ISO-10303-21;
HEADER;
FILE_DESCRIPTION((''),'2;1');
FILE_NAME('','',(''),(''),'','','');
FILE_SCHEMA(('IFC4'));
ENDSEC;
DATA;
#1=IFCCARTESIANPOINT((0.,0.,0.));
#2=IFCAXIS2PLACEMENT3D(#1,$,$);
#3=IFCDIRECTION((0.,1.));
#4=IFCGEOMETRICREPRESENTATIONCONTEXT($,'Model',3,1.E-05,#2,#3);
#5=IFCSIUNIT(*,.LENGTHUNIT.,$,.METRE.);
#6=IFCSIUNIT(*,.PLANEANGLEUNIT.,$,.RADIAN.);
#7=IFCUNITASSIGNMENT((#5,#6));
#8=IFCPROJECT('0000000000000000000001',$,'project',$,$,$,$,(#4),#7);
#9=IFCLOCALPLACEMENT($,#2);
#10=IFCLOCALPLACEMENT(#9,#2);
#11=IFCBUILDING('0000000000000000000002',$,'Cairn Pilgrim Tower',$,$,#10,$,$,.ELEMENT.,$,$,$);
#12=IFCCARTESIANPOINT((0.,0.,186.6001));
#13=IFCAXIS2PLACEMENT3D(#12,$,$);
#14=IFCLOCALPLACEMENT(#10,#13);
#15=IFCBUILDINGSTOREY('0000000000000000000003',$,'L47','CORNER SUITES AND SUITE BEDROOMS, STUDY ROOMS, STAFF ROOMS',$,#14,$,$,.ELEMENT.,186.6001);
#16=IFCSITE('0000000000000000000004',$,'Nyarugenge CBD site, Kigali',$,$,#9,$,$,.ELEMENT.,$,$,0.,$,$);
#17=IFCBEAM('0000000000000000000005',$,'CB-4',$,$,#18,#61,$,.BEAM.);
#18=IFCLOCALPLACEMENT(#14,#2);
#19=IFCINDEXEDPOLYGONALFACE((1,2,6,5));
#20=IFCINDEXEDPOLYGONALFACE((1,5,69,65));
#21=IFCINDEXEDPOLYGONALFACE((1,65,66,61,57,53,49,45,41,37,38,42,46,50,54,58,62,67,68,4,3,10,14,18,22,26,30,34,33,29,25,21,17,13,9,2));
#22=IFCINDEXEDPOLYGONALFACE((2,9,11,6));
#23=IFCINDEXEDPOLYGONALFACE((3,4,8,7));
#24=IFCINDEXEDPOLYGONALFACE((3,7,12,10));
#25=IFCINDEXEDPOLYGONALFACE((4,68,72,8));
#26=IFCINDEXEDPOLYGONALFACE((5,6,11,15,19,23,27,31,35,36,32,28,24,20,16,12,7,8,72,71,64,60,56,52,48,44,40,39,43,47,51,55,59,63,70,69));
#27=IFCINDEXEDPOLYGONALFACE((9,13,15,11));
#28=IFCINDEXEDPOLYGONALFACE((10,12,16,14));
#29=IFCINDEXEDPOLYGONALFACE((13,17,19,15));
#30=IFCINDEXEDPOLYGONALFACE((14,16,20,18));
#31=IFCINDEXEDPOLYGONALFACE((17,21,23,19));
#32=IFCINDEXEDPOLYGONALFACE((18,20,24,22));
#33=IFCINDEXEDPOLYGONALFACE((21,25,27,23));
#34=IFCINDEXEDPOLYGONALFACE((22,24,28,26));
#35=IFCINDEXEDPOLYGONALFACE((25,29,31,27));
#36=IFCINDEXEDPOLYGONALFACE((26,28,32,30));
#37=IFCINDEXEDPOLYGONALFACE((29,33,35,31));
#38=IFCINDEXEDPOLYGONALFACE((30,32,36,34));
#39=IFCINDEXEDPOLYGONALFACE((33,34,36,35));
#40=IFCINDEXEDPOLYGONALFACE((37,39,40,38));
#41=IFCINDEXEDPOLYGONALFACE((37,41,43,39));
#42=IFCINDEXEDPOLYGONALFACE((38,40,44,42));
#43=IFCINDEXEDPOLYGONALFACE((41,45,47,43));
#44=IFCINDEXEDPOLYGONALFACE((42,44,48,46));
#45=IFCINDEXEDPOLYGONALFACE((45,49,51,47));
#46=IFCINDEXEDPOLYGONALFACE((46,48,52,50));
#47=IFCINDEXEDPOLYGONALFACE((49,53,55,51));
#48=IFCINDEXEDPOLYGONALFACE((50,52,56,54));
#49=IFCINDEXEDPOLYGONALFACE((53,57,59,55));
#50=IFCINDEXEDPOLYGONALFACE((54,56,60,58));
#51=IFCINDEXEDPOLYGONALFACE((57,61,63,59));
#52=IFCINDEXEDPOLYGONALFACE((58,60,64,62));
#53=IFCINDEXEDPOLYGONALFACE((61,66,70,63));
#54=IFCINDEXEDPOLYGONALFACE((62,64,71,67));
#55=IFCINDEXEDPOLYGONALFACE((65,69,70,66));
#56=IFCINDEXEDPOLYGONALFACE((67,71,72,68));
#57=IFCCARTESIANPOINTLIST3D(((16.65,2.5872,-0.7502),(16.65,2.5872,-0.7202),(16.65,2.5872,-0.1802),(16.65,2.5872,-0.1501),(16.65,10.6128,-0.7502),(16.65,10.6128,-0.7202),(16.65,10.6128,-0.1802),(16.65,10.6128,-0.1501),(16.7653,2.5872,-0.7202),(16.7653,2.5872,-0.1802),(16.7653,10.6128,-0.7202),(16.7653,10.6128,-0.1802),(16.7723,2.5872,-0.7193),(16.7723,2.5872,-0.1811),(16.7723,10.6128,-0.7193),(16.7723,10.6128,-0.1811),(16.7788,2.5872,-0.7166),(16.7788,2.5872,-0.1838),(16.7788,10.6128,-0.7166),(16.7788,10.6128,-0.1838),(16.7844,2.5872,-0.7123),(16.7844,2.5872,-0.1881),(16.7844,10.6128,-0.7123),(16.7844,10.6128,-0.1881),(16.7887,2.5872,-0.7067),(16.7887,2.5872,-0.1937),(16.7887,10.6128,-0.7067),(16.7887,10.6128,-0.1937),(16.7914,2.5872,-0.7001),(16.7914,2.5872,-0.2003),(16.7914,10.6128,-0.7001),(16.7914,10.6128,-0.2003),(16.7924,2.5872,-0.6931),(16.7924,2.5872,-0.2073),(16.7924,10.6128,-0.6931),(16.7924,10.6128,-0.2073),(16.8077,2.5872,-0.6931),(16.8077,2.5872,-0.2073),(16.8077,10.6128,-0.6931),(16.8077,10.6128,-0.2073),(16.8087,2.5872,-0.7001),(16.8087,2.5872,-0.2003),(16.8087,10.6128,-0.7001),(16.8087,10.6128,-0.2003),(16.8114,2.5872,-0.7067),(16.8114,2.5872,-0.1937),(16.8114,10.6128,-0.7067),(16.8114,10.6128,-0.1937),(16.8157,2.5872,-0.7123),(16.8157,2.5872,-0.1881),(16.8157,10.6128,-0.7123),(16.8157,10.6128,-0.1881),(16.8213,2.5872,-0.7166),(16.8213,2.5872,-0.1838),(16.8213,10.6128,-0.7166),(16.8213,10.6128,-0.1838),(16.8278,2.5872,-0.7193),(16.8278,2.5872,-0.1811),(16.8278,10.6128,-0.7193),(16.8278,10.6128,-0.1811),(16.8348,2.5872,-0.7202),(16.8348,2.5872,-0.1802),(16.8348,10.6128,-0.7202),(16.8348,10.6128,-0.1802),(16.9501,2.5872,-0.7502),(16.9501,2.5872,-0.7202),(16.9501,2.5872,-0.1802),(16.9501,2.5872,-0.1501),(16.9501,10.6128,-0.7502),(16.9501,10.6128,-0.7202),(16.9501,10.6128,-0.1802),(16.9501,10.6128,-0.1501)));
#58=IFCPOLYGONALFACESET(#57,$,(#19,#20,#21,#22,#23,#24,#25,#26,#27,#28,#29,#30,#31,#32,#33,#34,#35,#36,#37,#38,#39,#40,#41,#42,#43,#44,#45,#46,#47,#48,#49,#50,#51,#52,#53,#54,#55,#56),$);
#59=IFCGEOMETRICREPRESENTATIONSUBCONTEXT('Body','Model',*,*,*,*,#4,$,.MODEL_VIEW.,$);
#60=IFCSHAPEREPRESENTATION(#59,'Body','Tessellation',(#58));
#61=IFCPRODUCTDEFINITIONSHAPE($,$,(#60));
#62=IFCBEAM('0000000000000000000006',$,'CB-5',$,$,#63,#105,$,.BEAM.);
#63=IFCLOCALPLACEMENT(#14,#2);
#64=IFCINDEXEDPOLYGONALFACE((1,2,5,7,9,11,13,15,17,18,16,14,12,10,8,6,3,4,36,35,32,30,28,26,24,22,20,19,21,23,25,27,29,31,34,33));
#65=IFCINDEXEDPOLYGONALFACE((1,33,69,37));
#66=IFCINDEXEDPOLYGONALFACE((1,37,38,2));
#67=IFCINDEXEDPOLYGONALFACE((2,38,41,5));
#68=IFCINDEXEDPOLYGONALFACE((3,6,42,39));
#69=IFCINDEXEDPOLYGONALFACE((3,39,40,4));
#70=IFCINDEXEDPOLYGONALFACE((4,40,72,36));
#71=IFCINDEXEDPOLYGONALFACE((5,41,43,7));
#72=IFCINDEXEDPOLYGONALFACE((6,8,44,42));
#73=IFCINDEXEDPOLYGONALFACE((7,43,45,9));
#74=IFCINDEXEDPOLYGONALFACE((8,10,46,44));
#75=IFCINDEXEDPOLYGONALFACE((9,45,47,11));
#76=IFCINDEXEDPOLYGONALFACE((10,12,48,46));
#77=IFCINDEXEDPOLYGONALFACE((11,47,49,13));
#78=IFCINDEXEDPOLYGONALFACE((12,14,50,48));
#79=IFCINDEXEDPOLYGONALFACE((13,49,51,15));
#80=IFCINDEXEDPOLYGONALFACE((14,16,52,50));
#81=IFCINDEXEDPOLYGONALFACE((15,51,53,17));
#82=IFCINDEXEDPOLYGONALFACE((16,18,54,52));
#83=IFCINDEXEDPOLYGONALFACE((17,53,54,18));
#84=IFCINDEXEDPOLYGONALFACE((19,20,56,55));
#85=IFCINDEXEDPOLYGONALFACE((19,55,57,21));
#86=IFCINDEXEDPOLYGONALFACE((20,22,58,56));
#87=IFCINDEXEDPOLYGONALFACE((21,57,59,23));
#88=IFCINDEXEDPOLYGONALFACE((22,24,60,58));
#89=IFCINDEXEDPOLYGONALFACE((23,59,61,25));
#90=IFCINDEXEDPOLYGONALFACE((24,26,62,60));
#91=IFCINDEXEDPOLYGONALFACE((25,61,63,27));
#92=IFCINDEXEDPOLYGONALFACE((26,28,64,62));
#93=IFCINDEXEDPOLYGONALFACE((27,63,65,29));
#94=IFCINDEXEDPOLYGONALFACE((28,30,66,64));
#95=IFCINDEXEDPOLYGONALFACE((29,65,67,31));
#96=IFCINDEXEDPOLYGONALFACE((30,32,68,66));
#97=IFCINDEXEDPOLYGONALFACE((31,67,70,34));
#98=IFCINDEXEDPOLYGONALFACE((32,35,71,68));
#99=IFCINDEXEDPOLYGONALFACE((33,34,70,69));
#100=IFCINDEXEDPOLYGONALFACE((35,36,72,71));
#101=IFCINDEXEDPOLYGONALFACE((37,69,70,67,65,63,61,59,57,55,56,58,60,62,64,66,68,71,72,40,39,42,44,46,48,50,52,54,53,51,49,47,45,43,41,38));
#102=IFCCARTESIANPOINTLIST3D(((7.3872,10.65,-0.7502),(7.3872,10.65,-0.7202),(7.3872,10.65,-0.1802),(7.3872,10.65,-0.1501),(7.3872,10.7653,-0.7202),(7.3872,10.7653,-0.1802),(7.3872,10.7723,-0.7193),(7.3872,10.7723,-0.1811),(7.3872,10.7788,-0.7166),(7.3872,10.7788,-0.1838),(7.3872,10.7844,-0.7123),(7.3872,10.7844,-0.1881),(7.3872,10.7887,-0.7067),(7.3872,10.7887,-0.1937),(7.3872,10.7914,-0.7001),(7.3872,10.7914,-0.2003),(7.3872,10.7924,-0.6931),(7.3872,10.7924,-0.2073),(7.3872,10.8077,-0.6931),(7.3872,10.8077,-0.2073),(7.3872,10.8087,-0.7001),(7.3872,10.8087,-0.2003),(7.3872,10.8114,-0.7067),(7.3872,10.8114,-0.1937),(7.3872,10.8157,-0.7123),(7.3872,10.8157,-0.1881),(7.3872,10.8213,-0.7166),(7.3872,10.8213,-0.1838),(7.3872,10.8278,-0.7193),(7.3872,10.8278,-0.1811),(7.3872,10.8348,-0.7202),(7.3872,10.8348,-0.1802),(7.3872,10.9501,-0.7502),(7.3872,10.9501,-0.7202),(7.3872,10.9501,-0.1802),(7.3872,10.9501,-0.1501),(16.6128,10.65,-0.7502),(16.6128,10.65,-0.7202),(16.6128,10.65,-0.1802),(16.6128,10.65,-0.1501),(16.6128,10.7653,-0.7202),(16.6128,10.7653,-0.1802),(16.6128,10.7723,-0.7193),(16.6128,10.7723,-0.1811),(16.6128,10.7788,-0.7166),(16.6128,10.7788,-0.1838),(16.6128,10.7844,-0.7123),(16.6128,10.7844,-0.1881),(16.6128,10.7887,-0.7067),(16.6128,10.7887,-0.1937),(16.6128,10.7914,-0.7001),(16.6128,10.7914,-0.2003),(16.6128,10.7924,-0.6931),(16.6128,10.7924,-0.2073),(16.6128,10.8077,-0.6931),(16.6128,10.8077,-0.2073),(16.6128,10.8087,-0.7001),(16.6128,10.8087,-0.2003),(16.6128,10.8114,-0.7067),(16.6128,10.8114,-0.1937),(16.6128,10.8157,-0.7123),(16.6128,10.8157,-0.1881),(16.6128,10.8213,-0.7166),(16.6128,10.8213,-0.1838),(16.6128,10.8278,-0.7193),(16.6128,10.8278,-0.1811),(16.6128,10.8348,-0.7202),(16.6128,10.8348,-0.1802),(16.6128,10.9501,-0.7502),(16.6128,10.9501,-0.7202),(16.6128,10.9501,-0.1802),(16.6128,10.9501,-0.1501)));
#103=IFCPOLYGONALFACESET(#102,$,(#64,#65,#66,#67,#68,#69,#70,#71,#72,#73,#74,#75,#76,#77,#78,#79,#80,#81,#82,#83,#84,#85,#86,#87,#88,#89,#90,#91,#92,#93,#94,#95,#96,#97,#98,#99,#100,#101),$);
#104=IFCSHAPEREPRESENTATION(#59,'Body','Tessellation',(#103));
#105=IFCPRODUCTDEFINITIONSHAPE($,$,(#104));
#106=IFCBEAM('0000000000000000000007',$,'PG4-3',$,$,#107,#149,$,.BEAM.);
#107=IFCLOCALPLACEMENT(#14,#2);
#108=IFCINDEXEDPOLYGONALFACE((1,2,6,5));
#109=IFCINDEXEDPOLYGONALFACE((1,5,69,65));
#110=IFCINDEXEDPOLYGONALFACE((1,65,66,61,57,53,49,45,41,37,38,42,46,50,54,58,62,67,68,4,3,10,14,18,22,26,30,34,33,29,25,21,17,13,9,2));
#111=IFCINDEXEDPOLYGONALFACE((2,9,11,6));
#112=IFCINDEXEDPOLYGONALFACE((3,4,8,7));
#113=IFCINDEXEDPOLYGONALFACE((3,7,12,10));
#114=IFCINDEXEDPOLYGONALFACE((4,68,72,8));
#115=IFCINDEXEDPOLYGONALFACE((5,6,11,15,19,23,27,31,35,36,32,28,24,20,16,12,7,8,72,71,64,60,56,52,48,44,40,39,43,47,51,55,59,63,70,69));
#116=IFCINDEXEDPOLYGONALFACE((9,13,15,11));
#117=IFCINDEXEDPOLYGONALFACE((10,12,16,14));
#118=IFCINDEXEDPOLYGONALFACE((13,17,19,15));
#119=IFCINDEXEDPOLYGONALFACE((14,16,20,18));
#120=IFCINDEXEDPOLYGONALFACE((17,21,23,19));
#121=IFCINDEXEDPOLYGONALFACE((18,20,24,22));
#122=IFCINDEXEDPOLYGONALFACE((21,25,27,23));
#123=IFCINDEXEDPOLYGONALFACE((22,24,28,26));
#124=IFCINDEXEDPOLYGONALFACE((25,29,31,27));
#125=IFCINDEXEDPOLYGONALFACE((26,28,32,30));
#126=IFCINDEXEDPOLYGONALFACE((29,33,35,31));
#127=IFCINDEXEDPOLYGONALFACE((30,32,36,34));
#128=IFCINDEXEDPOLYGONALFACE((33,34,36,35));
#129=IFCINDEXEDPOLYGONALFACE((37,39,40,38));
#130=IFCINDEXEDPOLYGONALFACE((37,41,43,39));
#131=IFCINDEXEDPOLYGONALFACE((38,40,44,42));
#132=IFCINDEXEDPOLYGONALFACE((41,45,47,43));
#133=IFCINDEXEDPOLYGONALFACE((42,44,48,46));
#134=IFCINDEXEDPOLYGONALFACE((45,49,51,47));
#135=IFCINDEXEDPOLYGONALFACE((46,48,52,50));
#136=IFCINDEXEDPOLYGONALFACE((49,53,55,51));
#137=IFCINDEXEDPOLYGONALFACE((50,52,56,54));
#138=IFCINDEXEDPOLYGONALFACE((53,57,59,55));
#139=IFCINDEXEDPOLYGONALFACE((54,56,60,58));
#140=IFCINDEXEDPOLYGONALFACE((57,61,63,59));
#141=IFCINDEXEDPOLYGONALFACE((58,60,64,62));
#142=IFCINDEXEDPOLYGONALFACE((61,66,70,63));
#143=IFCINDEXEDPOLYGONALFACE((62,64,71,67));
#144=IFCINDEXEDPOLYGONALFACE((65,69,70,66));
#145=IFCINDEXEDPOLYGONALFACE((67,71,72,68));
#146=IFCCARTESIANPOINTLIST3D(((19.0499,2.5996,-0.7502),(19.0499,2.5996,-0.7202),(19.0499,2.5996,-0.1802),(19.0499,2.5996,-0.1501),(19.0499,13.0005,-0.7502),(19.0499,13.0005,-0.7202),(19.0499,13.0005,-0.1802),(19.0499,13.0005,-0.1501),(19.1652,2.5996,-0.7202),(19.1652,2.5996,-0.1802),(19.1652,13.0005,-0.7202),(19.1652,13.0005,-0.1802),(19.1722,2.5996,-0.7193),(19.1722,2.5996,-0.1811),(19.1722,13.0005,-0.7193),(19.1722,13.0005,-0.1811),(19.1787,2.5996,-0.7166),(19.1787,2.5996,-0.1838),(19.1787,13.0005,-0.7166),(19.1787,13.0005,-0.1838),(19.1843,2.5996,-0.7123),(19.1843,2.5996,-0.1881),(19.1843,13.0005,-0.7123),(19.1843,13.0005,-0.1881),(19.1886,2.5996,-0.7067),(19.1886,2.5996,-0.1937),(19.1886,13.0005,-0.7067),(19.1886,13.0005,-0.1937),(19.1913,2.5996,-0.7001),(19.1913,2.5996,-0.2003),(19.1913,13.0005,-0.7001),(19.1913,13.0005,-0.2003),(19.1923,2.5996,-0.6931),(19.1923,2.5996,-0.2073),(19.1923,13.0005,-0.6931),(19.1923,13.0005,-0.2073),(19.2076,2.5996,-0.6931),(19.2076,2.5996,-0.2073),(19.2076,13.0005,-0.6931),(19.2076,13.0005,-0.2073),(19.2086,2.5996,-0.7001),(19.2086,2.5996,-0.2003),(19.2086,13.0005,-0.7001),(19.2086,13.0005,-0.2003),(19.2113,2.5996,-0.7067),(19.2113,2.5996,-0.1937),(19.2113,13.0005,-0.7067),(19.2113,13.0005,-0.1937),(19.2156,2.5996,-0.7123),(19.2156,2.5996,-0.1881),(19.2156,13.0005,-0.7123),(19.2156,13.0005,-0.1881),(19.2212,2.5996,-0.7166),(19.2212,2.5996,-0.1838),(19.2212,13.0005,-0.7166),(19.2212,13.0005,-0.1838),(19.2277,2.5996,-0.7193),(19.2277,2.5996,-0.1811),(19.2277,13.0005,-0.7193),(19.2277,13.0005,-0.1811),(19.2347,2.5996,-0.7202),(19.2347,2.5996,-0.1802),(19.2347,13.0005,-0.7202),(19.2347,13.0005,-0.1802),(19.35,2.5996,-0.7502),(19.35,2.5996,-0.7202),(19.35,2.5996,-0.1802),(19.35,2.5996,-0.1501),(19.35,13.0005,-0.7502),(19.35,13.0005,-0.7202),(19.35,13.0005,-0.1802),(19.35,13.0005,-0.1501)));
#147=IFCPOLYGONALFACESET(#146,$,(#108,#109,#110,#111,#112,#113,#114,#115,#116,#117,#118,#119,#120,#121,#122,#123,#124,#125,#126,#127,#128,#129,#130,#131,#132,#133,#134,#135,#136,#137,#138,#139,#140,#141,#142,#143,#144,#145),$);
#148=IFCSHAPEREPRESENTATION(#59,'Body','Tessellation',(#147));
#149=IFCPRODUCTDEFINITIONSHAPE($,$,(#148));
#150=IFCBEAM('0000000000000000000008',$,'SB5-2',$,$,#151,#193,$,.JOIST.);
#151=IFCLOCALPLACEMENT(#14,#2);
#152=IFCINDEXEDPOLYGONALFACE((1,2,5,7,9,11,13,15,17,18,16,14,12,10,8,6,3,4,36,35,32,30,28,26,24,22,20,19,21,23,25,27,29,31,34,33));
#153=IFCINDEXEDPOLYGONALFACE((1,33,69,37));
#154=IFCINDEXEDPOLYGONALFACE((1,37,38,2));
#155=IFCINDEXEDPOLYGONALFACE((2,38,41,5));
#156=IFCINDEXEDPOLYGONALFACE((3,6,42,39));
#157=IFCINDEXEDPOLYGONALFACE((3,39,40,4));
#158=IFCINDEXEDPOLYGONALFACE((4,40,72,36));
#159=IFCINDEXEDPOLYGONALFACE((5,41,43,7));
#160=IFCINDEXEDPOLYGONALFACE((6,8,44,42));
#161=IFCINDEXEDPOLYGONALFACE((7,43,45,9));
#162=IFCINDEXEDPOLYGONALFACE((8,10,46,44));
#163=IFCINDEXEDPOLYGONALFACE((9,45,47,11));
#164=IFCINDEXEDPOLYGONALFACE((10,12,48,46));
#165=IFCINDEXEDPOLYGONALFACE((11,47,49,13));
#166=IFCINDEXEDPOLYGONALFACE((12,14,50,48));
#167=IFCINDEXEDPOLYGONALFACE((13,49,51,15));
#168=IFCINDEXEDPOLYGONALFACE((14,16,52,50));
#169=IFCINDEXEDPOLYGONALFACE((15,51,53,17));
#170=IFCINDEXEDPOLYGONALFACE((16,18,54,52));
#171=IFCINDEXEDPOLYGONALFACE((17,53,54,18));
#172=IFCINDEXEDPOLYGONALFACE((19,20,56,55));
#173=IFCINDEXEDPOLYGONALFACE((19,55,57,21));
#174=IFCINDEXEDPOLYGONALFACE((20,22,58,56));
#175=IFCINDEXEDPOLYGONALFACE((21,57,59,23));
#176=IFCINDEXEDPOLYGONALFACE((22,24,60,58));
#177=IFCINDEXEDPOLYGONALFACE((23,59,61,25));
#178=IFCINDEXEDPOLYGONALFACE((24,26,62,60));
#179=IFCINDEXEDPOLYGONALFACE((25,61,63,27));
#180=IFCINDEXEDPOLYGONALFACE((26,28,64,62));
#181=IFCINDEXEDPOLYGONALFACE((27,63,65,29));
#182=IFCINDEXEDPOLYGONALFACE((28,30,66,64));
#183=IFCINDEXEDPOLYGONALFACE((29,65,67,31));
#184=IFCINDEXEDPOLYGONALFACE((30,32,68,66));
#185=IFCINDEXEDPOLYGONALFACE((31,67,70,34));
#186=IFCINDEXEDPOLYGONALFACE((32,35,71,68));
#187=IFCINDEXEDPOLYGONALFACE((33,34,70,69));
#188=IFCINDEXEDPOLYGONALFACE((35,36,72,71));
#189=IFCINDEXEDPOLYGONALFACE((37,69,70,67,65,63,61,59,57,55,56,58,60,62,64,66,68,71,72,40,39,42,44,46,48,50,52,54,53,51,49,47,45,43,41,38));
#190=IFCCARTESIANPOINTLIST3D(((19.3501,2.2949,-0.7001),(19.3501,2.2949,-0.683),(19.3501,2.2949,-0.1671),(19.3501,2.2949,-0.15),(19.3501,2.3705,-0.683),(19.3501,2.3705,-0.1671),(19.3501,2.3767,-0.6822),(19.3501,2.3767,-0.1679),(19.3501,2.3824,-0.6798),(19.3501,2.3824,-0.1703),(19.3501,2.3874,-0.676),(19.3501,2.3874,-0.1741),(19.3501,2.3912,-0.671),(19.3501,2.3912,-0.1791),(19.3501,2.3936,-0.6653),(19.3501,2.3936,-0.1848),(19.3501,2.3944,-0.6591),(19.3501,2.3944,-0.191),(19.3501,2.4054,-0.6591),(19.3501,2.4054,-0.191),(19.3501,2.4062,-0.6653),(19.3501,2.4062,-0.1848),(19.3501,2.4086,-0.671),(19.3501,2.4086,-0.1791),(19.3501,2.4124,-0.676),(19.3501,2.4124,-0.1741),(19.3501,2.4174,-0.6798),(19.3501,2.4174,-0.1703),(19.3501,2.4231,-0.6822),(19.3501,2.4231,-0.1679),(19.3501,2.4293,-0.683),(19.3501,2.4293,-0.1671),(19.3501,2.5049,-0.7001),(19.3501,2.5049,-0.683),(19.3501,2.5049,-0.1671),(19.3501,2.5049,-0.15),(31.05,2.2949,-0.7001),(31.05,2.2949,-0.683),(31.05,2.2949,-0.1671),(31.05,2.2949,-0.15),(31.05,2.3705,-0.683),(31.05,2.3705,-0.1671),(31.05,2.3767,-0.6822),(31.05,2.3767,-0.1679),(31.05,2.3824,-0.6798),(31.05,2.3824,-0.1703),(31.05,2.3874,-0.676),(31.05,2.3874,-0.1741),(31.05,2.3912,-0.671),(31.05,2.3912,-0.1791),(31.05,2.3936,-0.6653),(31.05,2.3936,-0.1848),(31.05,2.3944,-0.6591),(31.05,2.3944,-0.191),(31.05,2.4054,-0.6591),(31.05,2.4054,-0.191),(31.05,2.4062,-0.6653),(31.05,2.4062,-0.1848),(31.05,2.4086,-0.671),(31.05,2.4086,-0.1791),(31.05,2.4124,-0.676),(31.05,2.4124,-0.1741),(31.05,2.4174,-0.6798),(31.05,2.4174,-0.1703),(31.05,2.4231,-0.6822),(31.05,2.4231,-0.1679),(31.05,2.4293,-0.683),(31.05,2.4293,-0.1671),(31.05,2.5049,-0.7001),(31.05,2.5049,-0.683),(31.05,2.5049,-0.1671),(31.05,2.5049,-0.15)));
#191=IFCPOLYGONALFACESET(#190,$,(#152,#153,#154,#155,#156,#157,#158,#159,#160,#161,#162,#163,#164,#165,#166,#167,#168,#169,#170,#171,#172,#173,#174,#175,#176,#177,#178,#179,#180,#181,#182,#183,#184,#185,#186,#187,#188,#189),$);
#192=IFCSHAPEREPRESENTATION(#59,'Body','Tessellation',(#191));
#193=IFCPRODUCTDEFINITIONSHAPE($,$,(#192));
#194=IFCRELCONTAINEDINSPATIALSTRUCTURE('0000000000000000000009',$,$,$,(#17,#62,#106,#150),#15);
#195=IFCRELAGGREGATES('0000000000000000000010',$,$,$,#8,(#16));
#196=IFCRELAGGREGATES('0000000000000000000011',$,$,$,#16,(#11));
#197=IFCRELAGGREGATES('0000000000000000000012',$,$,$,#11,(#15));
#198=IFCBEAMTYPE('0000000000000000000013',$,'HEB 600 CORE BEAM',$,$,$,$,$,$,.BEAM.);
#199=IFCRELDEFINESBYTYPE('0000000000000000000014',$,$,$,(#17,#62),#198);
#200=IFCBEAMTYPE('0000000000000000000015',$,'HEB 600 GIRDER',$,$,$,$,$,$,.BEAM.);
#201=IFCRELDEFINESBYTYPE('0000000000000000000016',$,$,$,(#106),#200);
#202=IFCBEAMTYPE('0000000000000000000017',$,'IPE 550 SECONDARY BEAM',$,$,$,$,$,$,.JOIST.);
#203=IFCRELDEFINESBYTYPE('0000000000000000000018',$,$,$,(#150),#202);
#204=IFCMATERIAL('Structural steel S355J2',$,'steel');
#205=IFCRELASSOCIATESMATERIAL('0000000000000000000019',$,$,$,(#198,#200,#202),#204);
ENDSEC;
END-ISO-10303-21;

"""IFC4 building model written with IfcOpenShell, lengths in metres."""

from ifc_helpers import new_model, si_unit, direction, frame, origin, origin_2d, place, context, subcontext, project, spatial, i_section, extrude, material, material_profile, profile_set, type_object, element, save


model = new_model("IFC4")

# Units and contexts
model_context = context("Model", 3, precision=1e-05, world=origin(), true_north=direction((0.0, 1.0)))
body_context = subcontext(model_context, "Body", "Model", "MODEL_VIEW")
ifc_project = project(units=[si_unit("LENGTHUNIT", "METRE"), si_unit("PLANEANGLEUNIT", "RADIAN")], contexts=[model_context])

# Site, building, storey
site_placement = place(None, origin())
site = spatial("IfcSite", under=ifc_project, at=site_placement, Name="Nyarugenge CBD site, Kigali", CompositionType="ELEMENT", RefElevation=0.0)
building_placement = place(site_placement, origin())
building = spatial("IfcBuilding", under=site, at=building_placement, Name="Cairn Pilgrim Tower", CompositionType="ELEMENT")
storey_placement = place(building_placement, frame((0.0, 0.0, 186.6001)))
storey = spatial("IfcBuildingStorey", under=building, at=storey_placement, Name="L47", Description="CORNER SUITES AND SUITE BEDROOMS, STUDY ROOMS, STAFF ROOMS", CompositionType="ELEMENT", Elevation=186.6001)

# Shared definitions
ifc_material_1 = material(Name="Structural steel S355J2", Category="steel")

# Beams
ifc_material_profile_1 = material_profile(ifc_material_1, i_section(OverallWidth=0.3, OverallDepth=0.6001, WebThickness=0.0154, FlangeThickness=0.03, FilletRadius=0.0271, at=origin_2d()), Name="HEB 600")
ifc_profile_set_1 = profile_set([ifc_material_profile_1], Name="Structural steel S355J2")
beam_type_1 = type_object("IfcBeamType", Name="HEB 600 CORE BEAM", PredefinedType="BEAM", material=ifc_profile_set_1)
beam_1_placement = place(storey_placement, frame((16.8, 2.5872, -0.4502), z_axis=(0.0, 1.0, 0.0), x_axis=(-1.0, 0.0, 0.0)))
element("IfcBeam", 1, at=beam_1_placement, inside=storey, type_object=beam_type_1, Name="CB-4", PredefinedType="BEAM", context=body_context, shape_type="SweptSolid", body=[
    extrude(i_section(OverallWidth=0.3, OverallDepth=0.6001, WebThickness=0.0154, FlangeThickness=0.03, FilletRadius=0.0271, at=origin_2d()), origin(), (0.0, 0.0, 1.0), 8.0256),
])
beam_2_placement = place(storey_placement, frame((16.6128, 10.8, -0.4502), z_axis=(-1.0, 0.0, 0.0), x_axis=(0.0, -1.0, 0.0)))
element("IfcBeam", 2, at=beam_2_placement, inside=storey, type_object=beam_type_1, Name="CB-5", PredefinedType="BEAM", context=body_context, shape_type="SweptSolid", body=[
    extrude(i_section(OverallWidth=0.3, OverallDepth=0.6001, WebThickness=0.0154, FlangeThickness=0.03, FilletRadius=0.0271, at=origin_2d()), origin(), (0.0, 0.0, 1.0), 9.2256),
])
ifc_material_profile_2 = material_profile(ifc_material_1, i_section(OverallWidth=0.3, OverallDepth=0.6001, WebThickness=0.0154, FlangeThickness=0.03, FilletRadius=0.0271, at=origin_2d()), Name="HEB 600")
ifc_profile_set_2 = profile_set([ifc_material_profile_2], Name="Structural steel S355J2")
beam_type_2 = type_object("IfcBeamType", Name="HEB 600 GIRDER", PredefinedType="BEAM", material=ifc_profile_set_2)
beam_3_placement = place(storey_placement, frame((19.2, 2.5996, -0.4502), z_axis=(0.0, 1.0, 0.0), x_axis=(-1.0, 0.0, 0.0)))
element("IfcBeam", 3, at=beam_3_placement, inside=storey, type_object=beam_type_2, Name="PG4-3", PredefinedType="BEAM", context=body_context, shape_type="SweptSolid", body=[
    extrude(i_section(OverallWidth=0.3, OverallDepth=0.6001, WebThickness=0.0154, FlangeThickness=0.03, FilletRadius=0.0271, at=origin_2d()), origin(), (0.0, 0.0, 1.0), 10.4009),
])
ifc_material_profile_3 = material_profile(ifc_material_1, i_section(OverallWidth=0.21, OverallDepth=0.55, WebThickness=0.011, FlangeThickness=0.0171, FilletRadius=0.0239, at=origin_2d()), Name="IPE 550")
ifc_profile_set_3 = profile_set([ifc_material_profile_3], Name="Structural steel S355J2")
beam_type_3 = type_object("IfcBeamType", Name="IPE 550 SECONDARY BEAM", PredefinedType="JOIST", material=ifc_profile_set_3)
for number, where, z_axis, x_axis, name in (
    (4, (19.3501, 2.3999, -0.425), (1.0, 0.0, 0.0), (0.0, 1.0, 0.0), "SB5-2"),
):
    element("IfcBeam", number, at=place(storey_placement, frame(where, z_axis=z_axis, x_axis=x_axis)), inside=storey, type_object=beam_type_3, Name=name, PredefinedType="JOIST", context=body_context, shape_type="SweptSolid", body=[
        extrude(i_section(OverallWidth=0.21, OverallDepth=0.55, WebThickness=0.011, FlangeThickness=0.0171, FilletRadius=0.0239, at=origin_2d()), origin(), (0.0, 0.0, 1.0), 11.7),
    ])

save(model, "model.ifc")
